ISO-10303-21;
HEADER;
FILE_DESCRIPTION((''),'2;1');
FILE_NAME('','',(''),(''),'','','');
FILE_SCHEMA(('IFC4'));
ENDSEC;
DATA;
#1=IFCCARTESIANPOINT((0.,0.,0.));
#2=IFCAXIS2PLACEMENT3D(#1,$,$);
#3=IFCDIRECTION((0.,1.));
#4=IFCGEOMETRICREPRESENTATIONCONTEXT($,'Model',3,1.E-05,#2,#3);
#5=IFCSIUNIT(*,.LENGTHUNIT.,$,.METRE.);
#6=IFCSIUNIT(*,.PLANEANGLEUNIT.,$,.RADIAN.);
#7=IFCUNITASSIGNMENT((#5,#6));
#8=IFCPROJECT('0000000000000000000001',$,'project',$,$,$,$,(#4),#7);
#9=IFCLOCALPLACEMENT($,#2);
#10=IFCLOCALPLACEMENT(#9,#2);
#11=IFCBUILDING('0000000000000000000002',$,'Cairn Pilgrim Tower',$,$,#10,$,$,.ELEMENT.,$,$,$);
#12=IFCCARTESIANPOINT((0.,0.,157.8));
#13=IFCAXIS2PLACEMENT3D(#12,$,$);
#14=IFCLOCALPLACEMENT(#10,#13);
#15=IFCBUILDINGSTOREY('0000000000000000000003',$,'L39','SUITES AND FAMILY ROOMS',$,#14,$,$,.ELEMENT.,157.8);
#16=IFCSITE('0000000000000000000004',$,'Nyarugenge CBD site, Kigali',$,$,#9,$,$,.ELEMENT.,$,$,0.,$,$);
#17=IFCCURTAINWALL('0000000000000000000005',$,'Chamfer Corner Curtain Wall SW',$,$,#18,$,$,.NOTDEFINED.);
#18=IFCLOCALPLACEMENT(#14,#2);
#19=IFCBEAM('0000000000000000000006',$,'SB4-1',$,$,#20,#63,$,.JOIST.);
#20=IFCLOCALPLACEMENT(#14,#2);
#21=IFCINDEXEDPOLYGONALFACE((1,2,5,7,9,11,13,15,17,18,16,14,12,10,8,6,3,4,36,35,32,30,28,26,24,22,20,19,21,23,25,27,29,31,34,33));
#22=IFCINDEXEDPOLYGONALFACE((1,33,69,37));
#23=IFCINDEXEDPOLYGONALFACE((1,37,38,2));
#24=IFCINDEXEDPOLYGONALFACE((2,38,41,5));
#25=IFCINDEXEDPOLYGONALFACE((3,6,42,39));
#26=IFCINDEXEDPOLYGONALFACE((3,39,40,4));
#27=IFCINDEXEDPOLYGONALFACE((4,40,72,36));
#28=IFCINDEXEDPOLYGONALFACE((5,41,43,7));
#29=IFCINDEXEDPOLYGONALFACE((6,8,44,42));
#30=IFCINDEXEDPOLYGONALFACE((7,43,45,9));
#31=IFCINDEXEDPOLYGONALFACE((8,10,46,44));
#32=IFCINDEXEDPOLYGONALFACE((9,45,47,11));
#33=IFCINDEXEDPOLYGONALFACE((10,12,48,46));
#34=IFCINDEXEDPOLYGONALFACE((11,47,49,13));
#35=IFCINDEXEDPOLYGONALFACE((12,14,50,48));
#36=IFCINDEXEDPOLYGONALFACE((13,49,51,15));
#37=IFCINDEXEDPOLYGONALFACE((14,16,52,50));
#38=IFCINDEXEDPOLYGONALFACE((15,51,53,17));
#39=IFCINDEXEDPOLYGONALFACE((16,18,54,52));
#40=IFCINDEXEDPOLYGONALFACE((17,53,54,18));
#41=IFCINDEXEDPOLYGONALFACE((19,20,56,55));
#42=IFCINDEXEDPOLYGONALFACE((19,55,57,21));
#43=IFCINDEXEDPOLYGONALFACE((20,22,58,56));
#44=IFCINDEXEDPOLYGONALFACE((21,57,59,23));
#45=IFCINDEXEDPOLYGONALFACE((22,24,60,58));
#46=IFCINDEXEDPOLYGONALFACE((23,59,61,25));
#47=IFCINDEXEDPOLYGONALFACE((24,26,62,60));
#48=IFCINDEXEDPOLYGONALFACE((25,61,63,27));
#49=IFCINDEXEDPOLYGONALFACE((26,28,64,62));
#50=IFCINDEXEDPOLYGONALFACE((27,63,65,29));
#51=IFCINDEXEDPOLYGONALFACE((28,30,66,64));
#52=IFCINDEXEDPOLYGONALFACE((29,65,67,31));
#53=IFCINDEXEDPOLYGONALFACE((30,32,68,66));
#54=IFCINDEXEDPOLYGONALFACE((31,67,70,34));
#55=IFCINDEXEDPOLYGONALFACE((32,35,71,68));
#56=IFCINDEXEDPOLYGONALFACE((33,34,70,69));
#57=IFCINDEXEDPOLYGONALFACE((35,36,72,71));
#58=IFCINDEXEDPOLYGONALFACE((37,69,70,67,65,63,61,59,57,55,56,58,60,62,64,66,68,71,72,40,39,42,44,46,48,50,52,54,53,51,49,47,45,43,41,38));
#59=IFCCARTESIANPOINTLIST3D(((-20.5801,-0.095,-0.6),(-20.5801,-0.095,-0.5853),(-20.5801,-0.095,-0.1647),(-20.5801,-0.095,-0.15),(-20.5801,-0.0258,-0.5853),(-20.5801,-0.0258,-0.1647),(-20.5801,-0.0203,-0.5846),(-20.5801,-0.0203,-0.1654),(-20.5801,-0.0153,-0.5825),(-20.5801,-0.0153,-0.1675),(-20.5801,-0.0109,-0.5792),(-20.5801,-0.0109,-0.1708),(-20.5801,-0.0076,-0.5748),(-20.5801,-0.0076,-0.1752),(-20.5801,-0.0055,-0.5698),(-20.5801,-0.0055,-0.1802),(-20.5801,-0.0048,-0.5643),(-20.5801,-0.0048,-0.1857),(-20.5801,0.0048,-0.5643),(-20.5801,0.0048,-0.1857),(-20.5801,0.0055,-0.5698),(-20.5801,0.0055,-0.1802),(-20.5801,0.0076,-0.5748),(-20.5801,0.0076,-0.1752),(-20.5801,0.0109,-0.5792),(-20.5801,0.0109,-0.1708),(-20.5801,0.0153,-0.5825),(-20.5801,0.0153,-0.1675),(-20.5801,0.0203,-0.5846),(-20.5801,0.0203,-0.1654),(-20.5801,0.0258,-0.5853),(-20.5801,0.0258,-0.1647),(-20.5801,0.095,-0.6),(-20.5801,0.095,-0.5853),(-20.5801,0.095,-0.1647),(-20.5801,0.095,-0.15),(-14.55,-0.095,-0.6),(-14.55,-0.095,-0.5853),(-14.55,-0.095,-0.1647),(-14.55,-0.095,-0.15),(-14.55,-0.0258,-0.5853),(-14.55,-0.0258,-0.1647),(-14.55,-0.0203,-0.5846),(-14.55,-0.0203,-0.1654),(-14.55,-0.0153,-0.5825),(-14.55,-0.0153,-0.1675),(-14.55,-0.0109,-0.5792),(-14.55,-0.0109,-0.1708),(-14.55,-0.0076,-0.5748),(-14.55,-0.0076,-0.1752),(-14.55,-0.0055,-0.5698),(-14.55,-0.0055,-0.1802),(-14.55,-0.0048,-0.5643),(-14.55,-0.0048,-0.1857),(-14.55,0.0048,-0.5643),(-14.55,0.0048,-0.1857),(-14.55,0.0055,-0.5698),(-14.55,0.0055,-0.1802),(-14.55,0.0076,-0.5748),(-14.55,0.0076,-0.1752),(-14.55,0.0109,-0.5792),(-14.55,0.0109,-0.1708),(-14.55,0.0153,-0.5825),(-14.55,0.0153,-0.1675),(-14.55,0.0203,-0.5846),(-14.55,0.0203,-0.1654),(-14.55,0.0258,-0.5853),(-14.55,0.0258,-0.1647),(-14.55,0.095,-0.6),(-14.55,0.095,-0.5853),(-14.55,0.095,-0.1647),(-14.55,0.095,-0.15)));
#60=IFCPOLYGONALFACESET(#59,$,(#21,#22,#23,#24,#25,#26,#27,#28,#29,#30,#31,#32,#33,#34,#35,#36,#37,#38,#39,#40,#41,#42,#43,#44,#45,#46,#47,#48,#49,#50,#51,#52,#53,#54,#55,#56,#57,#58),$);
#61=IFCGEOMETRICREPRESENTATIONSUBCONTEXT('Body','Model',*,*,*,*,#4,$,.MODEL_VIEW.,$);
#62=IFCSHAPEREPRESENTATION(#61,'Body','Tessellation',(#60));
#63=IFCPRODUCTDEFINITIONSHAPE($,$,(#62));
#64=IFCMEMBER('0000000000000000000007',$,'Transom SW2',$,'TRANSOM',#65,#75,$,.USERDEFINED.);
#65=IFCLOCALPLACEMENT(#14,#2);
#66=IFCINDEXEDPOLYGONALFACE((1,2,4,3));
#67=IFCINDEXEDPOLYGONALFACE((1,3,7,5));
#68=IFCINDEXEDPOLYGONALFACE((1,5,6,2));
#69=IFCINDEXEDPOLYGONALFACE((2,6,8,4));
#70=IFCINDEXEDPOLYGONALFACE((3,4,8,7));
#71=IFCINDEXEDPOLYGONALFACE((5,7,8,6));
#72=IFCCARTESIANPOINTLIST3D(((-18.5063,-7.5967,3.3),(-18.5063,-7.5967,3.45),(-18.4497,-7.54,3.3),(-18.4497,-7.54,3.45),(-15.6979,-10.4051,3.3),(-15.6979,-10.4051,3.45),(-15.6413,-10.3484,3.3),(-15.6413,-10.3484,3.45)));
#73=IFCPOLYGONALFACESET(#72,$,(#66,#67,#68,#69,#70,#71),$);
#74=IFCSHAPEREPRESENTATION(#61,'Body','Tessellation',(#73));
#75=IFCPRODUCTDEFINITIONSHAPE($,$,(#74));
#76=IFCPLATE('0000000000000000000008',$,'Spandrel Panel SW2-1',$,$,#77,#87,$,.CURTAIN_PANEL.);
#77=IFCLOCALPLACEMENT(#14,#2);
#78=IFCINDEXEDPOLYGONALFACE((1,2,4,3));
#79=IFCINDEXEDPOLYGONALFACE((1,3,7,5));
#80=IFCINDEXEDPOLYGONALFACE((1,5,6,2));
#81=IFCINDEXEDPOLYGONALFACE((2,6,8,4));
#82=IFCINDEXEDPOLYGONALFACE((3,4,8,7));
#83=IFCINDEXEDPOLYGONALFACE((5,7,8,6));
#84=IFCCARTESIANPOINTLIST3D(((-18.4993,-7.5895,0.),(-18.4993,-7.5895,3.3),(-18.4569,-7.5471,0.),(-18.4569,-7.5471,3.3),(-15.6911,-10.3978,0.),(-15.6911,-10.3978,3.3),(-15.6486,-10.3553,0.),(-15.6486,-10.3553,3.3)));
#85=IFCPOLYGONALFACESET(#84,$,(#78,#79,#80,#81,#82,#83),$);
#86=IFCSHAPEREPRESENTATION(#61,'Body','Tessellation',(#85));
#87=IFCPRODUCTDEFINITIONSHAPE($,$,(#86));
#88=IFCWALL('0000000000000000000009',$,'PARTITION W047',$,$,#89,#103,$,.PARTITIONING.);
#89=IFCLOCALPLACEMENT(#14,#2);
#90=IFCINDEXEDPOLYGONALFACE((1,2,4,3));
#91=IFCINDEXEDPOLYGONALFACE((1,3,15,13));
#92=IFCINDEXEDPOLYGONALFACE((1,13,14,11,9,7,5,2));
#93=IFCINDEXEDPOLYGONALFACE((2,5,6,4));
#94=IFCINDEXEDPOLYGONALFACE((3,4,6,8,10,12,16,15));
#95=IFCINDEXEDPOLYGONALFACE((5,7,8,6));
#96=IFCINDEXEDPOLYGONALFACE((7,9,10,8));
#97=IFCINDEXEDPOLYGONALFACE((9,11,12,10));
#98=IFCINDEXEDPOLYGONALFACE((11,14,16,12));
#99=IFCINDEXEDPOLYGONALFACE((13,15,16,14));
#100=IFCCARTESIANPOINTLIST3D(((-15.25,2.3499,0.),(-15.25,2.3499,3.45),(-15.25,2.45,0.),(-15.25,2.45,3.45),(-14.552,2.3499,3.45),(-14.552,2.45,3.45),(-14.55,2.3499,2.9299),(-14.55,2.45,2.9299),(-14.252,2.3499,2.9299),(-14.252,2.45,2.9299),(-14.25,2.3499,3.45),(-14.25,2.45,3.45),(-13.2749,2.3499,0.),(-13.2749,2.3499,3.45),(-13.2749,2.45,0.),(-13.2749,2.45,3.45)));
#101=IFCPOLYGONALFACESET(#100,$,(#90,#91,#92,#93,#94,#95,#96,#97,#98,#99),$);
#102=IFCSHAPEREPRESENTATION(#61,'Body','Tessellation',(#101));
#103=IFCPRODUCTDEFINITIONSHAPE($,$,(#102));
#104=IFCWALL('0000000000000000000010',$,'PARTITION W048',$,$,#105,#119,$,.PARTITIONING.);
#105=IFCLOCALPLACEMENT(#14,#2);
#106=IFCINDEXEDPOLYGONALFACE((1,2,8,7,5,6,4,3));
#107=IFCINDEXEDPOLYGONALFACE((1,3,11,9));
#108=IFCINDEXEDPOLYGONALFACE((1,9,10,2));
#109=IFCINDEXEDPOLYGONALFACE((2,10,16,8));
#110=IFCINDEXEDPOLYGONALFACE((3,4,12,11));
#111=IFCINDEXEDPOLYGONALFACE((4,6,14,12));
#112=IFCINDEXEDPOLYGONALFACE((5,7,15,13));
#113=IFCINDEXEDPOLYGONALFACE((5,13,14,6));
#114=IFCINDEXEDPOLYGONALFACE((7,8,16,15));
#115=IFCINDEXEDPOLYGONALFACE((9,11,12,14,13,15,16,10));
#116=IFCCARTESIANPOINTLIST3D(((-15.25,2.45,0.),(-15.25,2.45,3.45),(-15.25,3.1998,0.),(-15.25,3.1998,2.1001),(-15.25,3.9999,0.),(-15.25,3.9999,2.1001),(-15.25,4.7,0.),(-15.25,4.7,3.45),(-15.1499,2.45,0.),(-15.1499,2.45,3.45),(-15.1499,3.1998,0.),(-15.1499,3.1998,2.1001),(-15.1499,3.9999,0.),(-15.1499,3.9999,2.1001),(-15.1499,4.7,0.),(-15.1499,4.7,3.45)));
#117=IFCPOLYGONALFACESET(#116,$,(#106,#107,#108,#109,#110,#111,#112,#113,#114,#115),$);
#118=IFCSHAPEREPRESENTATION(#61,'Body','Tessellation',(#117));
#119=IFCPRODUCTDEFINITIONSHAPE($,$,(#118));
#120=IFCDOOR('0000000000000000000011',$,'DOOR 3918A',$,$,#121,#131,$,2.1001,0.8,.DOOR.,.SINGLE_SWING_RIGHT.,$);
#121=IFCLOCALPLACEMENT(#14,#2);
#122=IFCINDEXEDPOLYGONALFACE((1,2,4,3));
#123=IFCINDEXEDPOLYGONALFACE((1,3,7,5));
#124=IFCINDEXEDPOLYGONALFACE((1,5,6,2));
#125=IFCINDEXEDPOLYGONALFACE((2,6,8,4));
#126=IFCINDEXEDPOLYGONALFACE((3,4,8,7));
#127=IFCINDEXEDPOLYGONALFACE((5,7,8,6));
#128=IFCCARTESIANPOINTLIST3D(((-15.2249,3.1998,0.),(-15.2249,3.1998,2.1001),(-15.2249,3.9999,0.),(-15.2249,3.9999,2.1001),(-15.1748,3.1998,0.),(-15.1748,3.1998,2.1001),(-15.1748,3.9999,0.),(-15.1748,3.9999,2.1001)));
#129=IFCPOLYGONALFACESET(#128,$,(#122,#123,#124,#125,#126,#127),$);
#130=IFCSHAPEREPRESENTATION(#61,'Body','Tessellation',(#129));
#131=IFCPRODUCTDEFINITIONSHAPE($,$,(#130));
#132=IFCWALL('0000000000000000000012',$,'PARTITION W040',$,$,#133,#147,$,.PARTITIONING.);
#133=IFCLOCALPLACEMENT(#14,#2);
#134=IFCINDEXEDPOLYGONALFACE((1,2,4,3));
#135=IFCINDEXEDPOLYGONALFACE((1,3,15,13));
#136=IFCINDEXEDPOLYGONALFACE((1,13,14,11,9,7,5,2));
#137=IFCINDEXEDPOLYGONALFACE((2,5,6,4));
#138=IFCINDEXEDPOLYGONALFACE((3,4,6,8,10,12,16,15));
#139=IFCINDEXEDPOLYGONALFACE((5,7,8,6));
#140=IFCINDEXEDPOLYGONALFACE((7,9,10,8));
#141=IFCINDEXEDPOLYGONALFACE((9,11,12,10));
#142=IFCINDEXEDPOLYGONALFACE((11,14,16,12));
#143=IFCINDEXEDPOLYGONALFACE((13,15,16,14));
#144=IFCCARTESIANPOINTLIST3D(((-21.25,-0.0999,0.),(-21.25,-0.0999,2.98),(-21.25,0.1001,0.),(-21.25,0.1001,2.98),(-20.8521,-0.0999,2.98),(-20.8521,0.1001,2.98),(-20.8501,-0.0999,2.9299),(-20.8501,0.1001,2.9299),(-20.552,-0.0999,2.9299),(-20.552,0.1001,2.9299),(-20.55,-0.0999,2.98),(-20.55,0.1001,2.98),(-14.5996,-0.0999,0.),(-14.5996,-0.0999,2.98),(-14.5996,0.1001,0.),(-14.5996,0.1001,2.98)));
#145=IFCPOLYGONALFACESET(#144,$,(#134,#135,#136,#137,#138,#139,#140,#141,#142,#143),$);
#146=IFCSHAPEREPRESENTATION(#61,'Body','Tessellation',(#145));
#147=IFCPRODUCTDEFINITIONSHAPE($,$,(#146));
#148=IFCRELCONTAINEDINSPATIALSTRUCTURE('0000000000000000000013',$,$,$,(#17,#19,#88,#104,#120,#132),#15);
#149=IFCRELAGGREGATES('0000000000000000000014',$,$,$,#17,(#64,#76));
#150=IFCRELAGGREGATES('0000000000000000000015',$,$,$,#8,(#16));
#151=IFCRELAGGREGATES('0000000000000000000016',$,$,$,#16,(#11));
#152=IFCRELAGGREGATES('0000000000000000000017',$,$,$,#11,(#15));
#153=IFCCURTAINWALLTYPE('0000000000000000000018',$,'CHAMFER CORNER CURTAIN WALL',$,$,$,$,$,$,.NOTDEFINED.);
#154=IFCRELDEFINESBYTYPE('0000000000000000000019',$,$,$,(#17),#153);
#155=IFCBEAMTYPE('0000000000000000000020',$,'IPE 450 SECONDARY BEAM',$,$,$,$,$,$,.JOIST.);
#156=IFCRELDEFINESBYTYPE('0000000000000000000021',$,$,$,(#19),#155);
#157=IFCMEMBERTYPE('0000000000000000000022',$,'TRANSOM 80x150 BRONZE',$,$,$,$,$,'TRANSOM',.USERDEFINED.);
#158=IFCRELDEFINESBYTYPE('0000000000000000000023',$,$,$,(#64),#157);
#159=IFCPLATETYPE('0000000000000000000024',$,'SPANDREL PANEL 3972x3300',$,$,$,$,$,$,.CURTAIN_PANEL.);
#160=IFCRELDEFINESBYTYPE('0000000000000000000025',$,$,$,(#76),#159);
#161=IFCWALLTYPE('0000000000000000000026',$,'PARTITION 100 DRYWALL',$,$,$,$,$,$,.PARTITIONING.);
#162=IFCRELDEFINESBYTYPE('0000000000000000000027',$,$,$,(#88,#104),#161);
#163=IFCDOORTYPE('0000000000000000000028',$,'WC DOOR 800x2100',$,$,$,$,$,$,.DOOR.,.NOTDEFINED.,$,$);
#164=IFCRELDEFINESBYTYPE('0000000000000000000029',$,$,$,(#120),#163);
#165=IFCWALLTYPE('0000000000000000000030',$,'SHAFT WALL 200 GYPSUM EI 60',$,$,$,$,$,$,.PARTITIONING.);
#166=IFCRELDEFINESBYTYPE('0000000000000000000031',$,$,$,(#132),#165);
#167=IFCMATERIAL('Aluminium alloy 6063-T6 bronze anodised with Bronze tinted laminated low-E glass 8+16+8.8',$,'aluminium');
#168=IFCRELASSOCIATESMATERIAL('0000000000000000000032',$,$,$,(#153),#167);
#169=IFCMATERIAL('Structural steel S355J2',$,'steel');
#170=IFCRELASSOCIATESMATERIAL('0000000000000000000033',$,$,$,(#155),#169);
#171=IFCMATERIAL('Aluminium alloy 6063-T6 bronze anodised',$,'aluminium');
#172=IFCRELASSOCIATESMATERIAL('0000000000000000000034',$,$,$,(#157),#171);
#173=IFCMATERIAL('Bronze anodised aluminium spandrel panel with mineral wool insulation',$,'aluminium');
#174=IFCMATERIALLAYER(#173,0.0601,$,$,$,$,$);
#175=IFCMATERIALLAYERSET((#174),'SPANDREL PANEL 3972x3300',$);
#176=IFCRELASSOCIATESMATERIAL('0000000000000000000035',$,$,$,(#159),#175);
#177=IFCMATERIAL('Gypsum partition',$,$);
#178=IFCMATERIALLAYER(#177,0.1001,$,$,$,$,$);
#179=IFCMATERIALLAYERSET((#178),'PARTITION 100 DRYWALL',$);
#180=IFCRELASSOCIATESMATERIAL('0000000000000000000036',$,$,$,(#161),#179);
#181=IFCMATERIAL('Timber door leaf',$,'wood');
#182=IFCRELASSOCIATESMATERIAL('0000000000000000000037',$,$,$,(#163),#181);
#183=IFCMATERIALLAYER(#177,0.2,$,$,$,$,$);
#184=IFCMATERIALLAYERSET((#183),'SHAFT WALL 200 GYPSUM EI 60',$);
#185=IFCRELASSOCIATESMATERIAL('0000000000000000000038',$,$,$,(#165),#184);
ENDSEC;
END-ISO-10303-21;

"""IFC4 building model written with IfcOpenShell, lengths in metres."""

from ifc_helpers import new_model, si_unit, direction, frame, frame_2d, origin, origin_2d, place, context, subcontext, project, spatial, polyline, rectangle, i_section, outline, extrude, material, layer, layer_set, material_profile, profile_set, type_object, element, fill, aggregate, save


model = new_model("IFC4")

# Units and contexts
model_context = context("Model", 3, precision=1e-05, world=origin(), true_north=direction((0.0, 1.0)))
body_context = subcontext(model_context, "Body", "Model", "MODEL_VIEW")
ifc_project = project(units=[si_unit("LENGTHUNIT", "METRE"), si_unit("PLANEANGLEUNIT", "RADIAN")], contexts=[model_context])

# Site, building, storey
site_placement = place(None, origin())
site = spatial("IfcSite", under=ifc_project, at=site_placement, Name="Nyarugenge CBD site, Kigali", CompositionType="ELEMENT", RefElevation=0.0)
building_placement = place(site_placement, origin())
building = spatial("IfcBuilding", under=site, at=building_placement, Name="Cairn Pilgrim Tower", CompositionType="ELEMENT")
storey_placement = place(building_placement, frame((0.0, 0.0, 157.8)))
storey = spatial("IfcBuildingStorey", under=building, at=storey_placement, Name="L39", Description="SUITES AND FAMILY ROOMS", CompositionType="ELEMENT", Elevation=157.8)

# Shared definitions
ifc_material_1 = material(Name="Aluminium alloy 6063-T6 bronze anodised with Bronze tinted laminated low-E glass 8+16+8.8", Category="aluminium")
ifc_material_2 = material(Name="Aluminium alloy 6063-T6 bronze anodised", Category="aluminium")

# Curtain wall
curtain_wall_type_1 = type_object("IfcCurtainWallType", Name="CHAMFER CORNER CURTAIN WALL", PredefinedType="NOTDEFINED", material=ifc_material_1)
curtain_wall_1_placement = place(storey_placement, origin())
curtain_wall_1 = element("IfcCurtainWall", 1, at=curtain_wall_1_placement, inside=storey, type_object=curtain_wall_type_1, Name="Chamfer Corner Curtain Wall SW", PredefinedType="NOTDEFINED")

# Beam
ifc_material_3 = material(Name="Structural steel S355J2", Category="steel")
ifc_material_profile_1 = material_profile(ifc_material_3, i_section(OverallWidth=0.1899, OverallDepth=0.45, WebThickness=0.0095, FlangeThickness=0.0146, FilletRadius=0.021, at=origin_2d()), Name="IPE 450")
ifc_profile_set_1 = profile_set([ifc_material_profile_1], Name="Structural steel S355J2")
beam_type_1 = type_object("IfcBeamType", Name="IPE 450 SECONDARY BEAM", PredefinedType="JOIST", material=ifc_profile_set_1)
beam_1_placement = place(storey_placement, frame((-20.5801, 0.0, -0.375), z_axis=(1.0, 0.0, 0.0), x_axis=(0.0, 1.0, 0.0)))
element("IfcBeam", 2, at=beam_1_placement, inside=storey, type_object=beam_type_1, Name="SB4-1", PredefinedType="JOIST", context=body_context, shape_type="SweptSolid", body=[
    extrude(i_section(OverallWidth=0.1899, OverallDepth=0.45, WebThickness=0.0095, FlangeThickness=0.0146, FilletRadius=0.021, at=origin_2d()), origin(), (0.0, 0.0, 1.0), 6.03),
])

# Member
ifc_material_profile_2 = material_profile(ifc_material_2, rectangle(XDim=0.0801, YDim=0.1499, at=origin_2d()), Name="TRANSOM 80x150 BRONZE")
ifc_profile_set_2 = profile_set([ifc_material_profile_2], Name="Aluminium alloy 6063-T6 bronze anodised")
member_type_1 = type_object("IfcMemberType", Name="TRANSOM 80x150 BRONZE", ElementType="TRANSOM", PredefinedType="USERDEFINED", material=ifc_profile_set_2)
member_1_placement = place(storey_placement, frame((-18.478, -7.5684, 3.375), z_axis=(0.707107, -0.707107, 0.0), x_axis=(0.707107, 0.707107, 0.0)))
member_1 = element("IfcMember", 3, at=member_1_placement, type_object=member_type_1, Name="Transom SW2", ObjectType="TRANSOM", PredefinedType="USERDEFINED", context=body_context, shape_type="SweptSolid", body=[
    extrude(rectangle(XDim=0.0801, YDim=0.1499, at=origin_2d()), origin(), (0.0, 0.0, 1.0), 3.9717),
])

# Plate
ifc_material_4 = material(Name="Bronze anodised aluminium spandrel panel with mineral wool insulation", Category="aluminium")
ifc_layer_1 = layer(ifc_material_4, 0.0601)
ifc_layer_set_1 = layer_set([ifc_layer_1], Name="SPANDREL PANEL 3972x3300")
plate_type = type_object("IfcPlateType", Name="SPANDREL PANEL 3972x3300", PredefinedType="CURTAIN_PANEL", material=ifc_layer_set_1)
plate_placement = place(storey_placement, frame((-17.074, -8.9724, 0.0), z_axis=(0.0, 0.0, 1.0), x_axis=(0.707107, -0.707107, 0.0)))
plate = element("IfcPlate", 4, at=plate_placement, type_object=plate_type, Name="Spandrel Panel SW2-1", PredefinedType="CURTAIN_PANEL", context=body_context, shape_type="SweptSolid", body=[
    extrude(rectangle(XDim=3.9714, YDim=0.0601, at=origin_2d()), origin(), (0.0, 0.0, 1.0), 3.3),
])
aggregate(curtain_wall_1, [member_1, plate])

# Wall
ifc_material_5 = material(Name="Gypsum partition")
ifc_layer_2 = layer(ifc_material_5, 0.1001)
ifc_layer_set_2 = layer_set([ifc_layer_2], Name="PARTITION 100 DRYWALL")
wall_type_1 = type_object("IfcWallType", Name="PARTITION 100 DRYWALL", PredefinedType="PARTITIONING", material=ifc_layer_set_2)
wall_1_placement = place(storey_placement, frame((-15.25, 2.3999, 0.0), z_axis=(0.0, 0.0, 1.0), x_axis=(1.0, 0.0, 0.0)))
element("IfcWall", 5, at=wall_1_placement, inside=storey, type_object=wall_type_1, Name="PARTITION W047", PredefinedType="PARTITIONING", context=body_context, shape_type="SweptSolid", body=[
    extrude(outline(polyline([(0.0, 0.0), (1.9751, 0.0), (1.9751, 3.45), (1.0, 3.45), (0.998, 2.9299), (0.7, 2.9299), (0.698, 3.45), (0.0, 3.45), (0.0, 0.0)])), frame((0.0, 0.05, 0.0), z_axis=(0.0, -1.0, 0.0), x_axis=(1.0, 0.0, 0.0)), (0.0, 0.0, 1.0), 0.1001),
])

# Wall, opening, door
wall_2_placement = place(storey_placement, frame((-15.2, 2.45, 0.0), z_axis=(0.0, 0.0, 1.0), x_axis=(0.0, 1.0, 0.0)))
wall_2 = element("IfcWall", 6, at=wall_2_placement, inside=storey, type_object=wall_type_1, Name="PARTITION W048", PredefinedType="PARTITIONING", context=body_context, shape_type="SweptSolid", body=[
    extrude(rectangle(XDim=2.25, YDim=0.1001, at=frame_2d((1.125, 0.0))), origin(), (0.0, 0.0, 1.0), 3.45),
])
opening_1_placement = place(wall_2_placement, frame((0.75, 0.0, 0.0)))
opening_1 = element("IfcOpeningElement", 7, at=opening_1_placement, cuts=wall_2, PredefinedType="OPENING", context=body_context, shape_type="SweptSolid", body=[
    extrude(rectangle(XDim=0.8, YDim=2.1001, at=frame_2d((0.3999, 1.05))), frame((0.0, 0.0601, 0.0), z_axis=(0.0, -1.0, 0.0), x_axis=(1.0, 0.0, 0.0)), (0.0, 0.0, 1.0), 0.1201),
])
ifc_material_6 = material(Name="Timber door leaf", Category="wood")
door_type_1 = type_object("IfcDoorType", Name="WC DOOR 800x2100", OperationType="NOTDEFINED", PredefinedType="DOOR", material=ifc_material_6)
door_1_placement = place(opening_1_placement, origin())
door_1 = element("IfcDoor", 8, at=door_1_placement, inside=storey, type_object=door_type_1, Name="DOOR 3918A", OperationType="SINGLE_SWING_RIGHT", OverallHeight=2.1001, OverallWidth=0.8, PredefinedType="DOOR", context=body_context, shape_type="SweptSolid", body=[
    extrude(rectangle(XDim=0.8, YDim=2.1001, at=frame_2d((0.3999, 1.05))), frame((0.0, 0.0249, 0.0), z_axis=(0.0, -1.0, 0.0), x_axis=(1.0, 0.0, 0.0)), (0.0, 0.0, 1.0), 0.05),
])
fill(opening_1, door_1)

# Wall
ifc_layer_3 = layer(ifc_material_5, 0.2)
ifc_layer_set_3 = layer_set([ifc_layer_3], Name="SHAFT WALL 200 GYPSUM EI 60")
wall_type_2 = type_object("IfcWallType", Name="SHAFT WALL 200 GYPSUM EI 60", PredefinedType="PARTITIONING", material=ifc_layer_set_3)
wall_3_placement = place(storey_placement, frame((-21.25, 0.0, 0.0), z_axis=(0.0, 0.0, 1.0), x_axis=(1.0, 0.0, 0.0)))
element("IfcWall", 9, at=wall_3_placement, inside=storey, type_object=wall_type_2, Name="PARTITION W040", PredefinedType="PARTITIONING", context=body_context, shape_type="SweptSolid", body=[
    extrude(outline(polyline([(0.0, 0.0), (6.6504, 0.0), (6.6504, 2.98), (0.7, 2.98), (0.698, 2.9299), (0.3999, 2.9299), (0.3979, 2.98), (0.0, 2.98), (0.0, 0.0)])), frame((0.0, 0.1001, 0.0), z_axis=(0.0, -1.0, 0.0), x_axis=(1.0, 0.0, 0.0)), (0.0, 0.0, 1.0), 0.2),
])

save(model, "model.ifc")
